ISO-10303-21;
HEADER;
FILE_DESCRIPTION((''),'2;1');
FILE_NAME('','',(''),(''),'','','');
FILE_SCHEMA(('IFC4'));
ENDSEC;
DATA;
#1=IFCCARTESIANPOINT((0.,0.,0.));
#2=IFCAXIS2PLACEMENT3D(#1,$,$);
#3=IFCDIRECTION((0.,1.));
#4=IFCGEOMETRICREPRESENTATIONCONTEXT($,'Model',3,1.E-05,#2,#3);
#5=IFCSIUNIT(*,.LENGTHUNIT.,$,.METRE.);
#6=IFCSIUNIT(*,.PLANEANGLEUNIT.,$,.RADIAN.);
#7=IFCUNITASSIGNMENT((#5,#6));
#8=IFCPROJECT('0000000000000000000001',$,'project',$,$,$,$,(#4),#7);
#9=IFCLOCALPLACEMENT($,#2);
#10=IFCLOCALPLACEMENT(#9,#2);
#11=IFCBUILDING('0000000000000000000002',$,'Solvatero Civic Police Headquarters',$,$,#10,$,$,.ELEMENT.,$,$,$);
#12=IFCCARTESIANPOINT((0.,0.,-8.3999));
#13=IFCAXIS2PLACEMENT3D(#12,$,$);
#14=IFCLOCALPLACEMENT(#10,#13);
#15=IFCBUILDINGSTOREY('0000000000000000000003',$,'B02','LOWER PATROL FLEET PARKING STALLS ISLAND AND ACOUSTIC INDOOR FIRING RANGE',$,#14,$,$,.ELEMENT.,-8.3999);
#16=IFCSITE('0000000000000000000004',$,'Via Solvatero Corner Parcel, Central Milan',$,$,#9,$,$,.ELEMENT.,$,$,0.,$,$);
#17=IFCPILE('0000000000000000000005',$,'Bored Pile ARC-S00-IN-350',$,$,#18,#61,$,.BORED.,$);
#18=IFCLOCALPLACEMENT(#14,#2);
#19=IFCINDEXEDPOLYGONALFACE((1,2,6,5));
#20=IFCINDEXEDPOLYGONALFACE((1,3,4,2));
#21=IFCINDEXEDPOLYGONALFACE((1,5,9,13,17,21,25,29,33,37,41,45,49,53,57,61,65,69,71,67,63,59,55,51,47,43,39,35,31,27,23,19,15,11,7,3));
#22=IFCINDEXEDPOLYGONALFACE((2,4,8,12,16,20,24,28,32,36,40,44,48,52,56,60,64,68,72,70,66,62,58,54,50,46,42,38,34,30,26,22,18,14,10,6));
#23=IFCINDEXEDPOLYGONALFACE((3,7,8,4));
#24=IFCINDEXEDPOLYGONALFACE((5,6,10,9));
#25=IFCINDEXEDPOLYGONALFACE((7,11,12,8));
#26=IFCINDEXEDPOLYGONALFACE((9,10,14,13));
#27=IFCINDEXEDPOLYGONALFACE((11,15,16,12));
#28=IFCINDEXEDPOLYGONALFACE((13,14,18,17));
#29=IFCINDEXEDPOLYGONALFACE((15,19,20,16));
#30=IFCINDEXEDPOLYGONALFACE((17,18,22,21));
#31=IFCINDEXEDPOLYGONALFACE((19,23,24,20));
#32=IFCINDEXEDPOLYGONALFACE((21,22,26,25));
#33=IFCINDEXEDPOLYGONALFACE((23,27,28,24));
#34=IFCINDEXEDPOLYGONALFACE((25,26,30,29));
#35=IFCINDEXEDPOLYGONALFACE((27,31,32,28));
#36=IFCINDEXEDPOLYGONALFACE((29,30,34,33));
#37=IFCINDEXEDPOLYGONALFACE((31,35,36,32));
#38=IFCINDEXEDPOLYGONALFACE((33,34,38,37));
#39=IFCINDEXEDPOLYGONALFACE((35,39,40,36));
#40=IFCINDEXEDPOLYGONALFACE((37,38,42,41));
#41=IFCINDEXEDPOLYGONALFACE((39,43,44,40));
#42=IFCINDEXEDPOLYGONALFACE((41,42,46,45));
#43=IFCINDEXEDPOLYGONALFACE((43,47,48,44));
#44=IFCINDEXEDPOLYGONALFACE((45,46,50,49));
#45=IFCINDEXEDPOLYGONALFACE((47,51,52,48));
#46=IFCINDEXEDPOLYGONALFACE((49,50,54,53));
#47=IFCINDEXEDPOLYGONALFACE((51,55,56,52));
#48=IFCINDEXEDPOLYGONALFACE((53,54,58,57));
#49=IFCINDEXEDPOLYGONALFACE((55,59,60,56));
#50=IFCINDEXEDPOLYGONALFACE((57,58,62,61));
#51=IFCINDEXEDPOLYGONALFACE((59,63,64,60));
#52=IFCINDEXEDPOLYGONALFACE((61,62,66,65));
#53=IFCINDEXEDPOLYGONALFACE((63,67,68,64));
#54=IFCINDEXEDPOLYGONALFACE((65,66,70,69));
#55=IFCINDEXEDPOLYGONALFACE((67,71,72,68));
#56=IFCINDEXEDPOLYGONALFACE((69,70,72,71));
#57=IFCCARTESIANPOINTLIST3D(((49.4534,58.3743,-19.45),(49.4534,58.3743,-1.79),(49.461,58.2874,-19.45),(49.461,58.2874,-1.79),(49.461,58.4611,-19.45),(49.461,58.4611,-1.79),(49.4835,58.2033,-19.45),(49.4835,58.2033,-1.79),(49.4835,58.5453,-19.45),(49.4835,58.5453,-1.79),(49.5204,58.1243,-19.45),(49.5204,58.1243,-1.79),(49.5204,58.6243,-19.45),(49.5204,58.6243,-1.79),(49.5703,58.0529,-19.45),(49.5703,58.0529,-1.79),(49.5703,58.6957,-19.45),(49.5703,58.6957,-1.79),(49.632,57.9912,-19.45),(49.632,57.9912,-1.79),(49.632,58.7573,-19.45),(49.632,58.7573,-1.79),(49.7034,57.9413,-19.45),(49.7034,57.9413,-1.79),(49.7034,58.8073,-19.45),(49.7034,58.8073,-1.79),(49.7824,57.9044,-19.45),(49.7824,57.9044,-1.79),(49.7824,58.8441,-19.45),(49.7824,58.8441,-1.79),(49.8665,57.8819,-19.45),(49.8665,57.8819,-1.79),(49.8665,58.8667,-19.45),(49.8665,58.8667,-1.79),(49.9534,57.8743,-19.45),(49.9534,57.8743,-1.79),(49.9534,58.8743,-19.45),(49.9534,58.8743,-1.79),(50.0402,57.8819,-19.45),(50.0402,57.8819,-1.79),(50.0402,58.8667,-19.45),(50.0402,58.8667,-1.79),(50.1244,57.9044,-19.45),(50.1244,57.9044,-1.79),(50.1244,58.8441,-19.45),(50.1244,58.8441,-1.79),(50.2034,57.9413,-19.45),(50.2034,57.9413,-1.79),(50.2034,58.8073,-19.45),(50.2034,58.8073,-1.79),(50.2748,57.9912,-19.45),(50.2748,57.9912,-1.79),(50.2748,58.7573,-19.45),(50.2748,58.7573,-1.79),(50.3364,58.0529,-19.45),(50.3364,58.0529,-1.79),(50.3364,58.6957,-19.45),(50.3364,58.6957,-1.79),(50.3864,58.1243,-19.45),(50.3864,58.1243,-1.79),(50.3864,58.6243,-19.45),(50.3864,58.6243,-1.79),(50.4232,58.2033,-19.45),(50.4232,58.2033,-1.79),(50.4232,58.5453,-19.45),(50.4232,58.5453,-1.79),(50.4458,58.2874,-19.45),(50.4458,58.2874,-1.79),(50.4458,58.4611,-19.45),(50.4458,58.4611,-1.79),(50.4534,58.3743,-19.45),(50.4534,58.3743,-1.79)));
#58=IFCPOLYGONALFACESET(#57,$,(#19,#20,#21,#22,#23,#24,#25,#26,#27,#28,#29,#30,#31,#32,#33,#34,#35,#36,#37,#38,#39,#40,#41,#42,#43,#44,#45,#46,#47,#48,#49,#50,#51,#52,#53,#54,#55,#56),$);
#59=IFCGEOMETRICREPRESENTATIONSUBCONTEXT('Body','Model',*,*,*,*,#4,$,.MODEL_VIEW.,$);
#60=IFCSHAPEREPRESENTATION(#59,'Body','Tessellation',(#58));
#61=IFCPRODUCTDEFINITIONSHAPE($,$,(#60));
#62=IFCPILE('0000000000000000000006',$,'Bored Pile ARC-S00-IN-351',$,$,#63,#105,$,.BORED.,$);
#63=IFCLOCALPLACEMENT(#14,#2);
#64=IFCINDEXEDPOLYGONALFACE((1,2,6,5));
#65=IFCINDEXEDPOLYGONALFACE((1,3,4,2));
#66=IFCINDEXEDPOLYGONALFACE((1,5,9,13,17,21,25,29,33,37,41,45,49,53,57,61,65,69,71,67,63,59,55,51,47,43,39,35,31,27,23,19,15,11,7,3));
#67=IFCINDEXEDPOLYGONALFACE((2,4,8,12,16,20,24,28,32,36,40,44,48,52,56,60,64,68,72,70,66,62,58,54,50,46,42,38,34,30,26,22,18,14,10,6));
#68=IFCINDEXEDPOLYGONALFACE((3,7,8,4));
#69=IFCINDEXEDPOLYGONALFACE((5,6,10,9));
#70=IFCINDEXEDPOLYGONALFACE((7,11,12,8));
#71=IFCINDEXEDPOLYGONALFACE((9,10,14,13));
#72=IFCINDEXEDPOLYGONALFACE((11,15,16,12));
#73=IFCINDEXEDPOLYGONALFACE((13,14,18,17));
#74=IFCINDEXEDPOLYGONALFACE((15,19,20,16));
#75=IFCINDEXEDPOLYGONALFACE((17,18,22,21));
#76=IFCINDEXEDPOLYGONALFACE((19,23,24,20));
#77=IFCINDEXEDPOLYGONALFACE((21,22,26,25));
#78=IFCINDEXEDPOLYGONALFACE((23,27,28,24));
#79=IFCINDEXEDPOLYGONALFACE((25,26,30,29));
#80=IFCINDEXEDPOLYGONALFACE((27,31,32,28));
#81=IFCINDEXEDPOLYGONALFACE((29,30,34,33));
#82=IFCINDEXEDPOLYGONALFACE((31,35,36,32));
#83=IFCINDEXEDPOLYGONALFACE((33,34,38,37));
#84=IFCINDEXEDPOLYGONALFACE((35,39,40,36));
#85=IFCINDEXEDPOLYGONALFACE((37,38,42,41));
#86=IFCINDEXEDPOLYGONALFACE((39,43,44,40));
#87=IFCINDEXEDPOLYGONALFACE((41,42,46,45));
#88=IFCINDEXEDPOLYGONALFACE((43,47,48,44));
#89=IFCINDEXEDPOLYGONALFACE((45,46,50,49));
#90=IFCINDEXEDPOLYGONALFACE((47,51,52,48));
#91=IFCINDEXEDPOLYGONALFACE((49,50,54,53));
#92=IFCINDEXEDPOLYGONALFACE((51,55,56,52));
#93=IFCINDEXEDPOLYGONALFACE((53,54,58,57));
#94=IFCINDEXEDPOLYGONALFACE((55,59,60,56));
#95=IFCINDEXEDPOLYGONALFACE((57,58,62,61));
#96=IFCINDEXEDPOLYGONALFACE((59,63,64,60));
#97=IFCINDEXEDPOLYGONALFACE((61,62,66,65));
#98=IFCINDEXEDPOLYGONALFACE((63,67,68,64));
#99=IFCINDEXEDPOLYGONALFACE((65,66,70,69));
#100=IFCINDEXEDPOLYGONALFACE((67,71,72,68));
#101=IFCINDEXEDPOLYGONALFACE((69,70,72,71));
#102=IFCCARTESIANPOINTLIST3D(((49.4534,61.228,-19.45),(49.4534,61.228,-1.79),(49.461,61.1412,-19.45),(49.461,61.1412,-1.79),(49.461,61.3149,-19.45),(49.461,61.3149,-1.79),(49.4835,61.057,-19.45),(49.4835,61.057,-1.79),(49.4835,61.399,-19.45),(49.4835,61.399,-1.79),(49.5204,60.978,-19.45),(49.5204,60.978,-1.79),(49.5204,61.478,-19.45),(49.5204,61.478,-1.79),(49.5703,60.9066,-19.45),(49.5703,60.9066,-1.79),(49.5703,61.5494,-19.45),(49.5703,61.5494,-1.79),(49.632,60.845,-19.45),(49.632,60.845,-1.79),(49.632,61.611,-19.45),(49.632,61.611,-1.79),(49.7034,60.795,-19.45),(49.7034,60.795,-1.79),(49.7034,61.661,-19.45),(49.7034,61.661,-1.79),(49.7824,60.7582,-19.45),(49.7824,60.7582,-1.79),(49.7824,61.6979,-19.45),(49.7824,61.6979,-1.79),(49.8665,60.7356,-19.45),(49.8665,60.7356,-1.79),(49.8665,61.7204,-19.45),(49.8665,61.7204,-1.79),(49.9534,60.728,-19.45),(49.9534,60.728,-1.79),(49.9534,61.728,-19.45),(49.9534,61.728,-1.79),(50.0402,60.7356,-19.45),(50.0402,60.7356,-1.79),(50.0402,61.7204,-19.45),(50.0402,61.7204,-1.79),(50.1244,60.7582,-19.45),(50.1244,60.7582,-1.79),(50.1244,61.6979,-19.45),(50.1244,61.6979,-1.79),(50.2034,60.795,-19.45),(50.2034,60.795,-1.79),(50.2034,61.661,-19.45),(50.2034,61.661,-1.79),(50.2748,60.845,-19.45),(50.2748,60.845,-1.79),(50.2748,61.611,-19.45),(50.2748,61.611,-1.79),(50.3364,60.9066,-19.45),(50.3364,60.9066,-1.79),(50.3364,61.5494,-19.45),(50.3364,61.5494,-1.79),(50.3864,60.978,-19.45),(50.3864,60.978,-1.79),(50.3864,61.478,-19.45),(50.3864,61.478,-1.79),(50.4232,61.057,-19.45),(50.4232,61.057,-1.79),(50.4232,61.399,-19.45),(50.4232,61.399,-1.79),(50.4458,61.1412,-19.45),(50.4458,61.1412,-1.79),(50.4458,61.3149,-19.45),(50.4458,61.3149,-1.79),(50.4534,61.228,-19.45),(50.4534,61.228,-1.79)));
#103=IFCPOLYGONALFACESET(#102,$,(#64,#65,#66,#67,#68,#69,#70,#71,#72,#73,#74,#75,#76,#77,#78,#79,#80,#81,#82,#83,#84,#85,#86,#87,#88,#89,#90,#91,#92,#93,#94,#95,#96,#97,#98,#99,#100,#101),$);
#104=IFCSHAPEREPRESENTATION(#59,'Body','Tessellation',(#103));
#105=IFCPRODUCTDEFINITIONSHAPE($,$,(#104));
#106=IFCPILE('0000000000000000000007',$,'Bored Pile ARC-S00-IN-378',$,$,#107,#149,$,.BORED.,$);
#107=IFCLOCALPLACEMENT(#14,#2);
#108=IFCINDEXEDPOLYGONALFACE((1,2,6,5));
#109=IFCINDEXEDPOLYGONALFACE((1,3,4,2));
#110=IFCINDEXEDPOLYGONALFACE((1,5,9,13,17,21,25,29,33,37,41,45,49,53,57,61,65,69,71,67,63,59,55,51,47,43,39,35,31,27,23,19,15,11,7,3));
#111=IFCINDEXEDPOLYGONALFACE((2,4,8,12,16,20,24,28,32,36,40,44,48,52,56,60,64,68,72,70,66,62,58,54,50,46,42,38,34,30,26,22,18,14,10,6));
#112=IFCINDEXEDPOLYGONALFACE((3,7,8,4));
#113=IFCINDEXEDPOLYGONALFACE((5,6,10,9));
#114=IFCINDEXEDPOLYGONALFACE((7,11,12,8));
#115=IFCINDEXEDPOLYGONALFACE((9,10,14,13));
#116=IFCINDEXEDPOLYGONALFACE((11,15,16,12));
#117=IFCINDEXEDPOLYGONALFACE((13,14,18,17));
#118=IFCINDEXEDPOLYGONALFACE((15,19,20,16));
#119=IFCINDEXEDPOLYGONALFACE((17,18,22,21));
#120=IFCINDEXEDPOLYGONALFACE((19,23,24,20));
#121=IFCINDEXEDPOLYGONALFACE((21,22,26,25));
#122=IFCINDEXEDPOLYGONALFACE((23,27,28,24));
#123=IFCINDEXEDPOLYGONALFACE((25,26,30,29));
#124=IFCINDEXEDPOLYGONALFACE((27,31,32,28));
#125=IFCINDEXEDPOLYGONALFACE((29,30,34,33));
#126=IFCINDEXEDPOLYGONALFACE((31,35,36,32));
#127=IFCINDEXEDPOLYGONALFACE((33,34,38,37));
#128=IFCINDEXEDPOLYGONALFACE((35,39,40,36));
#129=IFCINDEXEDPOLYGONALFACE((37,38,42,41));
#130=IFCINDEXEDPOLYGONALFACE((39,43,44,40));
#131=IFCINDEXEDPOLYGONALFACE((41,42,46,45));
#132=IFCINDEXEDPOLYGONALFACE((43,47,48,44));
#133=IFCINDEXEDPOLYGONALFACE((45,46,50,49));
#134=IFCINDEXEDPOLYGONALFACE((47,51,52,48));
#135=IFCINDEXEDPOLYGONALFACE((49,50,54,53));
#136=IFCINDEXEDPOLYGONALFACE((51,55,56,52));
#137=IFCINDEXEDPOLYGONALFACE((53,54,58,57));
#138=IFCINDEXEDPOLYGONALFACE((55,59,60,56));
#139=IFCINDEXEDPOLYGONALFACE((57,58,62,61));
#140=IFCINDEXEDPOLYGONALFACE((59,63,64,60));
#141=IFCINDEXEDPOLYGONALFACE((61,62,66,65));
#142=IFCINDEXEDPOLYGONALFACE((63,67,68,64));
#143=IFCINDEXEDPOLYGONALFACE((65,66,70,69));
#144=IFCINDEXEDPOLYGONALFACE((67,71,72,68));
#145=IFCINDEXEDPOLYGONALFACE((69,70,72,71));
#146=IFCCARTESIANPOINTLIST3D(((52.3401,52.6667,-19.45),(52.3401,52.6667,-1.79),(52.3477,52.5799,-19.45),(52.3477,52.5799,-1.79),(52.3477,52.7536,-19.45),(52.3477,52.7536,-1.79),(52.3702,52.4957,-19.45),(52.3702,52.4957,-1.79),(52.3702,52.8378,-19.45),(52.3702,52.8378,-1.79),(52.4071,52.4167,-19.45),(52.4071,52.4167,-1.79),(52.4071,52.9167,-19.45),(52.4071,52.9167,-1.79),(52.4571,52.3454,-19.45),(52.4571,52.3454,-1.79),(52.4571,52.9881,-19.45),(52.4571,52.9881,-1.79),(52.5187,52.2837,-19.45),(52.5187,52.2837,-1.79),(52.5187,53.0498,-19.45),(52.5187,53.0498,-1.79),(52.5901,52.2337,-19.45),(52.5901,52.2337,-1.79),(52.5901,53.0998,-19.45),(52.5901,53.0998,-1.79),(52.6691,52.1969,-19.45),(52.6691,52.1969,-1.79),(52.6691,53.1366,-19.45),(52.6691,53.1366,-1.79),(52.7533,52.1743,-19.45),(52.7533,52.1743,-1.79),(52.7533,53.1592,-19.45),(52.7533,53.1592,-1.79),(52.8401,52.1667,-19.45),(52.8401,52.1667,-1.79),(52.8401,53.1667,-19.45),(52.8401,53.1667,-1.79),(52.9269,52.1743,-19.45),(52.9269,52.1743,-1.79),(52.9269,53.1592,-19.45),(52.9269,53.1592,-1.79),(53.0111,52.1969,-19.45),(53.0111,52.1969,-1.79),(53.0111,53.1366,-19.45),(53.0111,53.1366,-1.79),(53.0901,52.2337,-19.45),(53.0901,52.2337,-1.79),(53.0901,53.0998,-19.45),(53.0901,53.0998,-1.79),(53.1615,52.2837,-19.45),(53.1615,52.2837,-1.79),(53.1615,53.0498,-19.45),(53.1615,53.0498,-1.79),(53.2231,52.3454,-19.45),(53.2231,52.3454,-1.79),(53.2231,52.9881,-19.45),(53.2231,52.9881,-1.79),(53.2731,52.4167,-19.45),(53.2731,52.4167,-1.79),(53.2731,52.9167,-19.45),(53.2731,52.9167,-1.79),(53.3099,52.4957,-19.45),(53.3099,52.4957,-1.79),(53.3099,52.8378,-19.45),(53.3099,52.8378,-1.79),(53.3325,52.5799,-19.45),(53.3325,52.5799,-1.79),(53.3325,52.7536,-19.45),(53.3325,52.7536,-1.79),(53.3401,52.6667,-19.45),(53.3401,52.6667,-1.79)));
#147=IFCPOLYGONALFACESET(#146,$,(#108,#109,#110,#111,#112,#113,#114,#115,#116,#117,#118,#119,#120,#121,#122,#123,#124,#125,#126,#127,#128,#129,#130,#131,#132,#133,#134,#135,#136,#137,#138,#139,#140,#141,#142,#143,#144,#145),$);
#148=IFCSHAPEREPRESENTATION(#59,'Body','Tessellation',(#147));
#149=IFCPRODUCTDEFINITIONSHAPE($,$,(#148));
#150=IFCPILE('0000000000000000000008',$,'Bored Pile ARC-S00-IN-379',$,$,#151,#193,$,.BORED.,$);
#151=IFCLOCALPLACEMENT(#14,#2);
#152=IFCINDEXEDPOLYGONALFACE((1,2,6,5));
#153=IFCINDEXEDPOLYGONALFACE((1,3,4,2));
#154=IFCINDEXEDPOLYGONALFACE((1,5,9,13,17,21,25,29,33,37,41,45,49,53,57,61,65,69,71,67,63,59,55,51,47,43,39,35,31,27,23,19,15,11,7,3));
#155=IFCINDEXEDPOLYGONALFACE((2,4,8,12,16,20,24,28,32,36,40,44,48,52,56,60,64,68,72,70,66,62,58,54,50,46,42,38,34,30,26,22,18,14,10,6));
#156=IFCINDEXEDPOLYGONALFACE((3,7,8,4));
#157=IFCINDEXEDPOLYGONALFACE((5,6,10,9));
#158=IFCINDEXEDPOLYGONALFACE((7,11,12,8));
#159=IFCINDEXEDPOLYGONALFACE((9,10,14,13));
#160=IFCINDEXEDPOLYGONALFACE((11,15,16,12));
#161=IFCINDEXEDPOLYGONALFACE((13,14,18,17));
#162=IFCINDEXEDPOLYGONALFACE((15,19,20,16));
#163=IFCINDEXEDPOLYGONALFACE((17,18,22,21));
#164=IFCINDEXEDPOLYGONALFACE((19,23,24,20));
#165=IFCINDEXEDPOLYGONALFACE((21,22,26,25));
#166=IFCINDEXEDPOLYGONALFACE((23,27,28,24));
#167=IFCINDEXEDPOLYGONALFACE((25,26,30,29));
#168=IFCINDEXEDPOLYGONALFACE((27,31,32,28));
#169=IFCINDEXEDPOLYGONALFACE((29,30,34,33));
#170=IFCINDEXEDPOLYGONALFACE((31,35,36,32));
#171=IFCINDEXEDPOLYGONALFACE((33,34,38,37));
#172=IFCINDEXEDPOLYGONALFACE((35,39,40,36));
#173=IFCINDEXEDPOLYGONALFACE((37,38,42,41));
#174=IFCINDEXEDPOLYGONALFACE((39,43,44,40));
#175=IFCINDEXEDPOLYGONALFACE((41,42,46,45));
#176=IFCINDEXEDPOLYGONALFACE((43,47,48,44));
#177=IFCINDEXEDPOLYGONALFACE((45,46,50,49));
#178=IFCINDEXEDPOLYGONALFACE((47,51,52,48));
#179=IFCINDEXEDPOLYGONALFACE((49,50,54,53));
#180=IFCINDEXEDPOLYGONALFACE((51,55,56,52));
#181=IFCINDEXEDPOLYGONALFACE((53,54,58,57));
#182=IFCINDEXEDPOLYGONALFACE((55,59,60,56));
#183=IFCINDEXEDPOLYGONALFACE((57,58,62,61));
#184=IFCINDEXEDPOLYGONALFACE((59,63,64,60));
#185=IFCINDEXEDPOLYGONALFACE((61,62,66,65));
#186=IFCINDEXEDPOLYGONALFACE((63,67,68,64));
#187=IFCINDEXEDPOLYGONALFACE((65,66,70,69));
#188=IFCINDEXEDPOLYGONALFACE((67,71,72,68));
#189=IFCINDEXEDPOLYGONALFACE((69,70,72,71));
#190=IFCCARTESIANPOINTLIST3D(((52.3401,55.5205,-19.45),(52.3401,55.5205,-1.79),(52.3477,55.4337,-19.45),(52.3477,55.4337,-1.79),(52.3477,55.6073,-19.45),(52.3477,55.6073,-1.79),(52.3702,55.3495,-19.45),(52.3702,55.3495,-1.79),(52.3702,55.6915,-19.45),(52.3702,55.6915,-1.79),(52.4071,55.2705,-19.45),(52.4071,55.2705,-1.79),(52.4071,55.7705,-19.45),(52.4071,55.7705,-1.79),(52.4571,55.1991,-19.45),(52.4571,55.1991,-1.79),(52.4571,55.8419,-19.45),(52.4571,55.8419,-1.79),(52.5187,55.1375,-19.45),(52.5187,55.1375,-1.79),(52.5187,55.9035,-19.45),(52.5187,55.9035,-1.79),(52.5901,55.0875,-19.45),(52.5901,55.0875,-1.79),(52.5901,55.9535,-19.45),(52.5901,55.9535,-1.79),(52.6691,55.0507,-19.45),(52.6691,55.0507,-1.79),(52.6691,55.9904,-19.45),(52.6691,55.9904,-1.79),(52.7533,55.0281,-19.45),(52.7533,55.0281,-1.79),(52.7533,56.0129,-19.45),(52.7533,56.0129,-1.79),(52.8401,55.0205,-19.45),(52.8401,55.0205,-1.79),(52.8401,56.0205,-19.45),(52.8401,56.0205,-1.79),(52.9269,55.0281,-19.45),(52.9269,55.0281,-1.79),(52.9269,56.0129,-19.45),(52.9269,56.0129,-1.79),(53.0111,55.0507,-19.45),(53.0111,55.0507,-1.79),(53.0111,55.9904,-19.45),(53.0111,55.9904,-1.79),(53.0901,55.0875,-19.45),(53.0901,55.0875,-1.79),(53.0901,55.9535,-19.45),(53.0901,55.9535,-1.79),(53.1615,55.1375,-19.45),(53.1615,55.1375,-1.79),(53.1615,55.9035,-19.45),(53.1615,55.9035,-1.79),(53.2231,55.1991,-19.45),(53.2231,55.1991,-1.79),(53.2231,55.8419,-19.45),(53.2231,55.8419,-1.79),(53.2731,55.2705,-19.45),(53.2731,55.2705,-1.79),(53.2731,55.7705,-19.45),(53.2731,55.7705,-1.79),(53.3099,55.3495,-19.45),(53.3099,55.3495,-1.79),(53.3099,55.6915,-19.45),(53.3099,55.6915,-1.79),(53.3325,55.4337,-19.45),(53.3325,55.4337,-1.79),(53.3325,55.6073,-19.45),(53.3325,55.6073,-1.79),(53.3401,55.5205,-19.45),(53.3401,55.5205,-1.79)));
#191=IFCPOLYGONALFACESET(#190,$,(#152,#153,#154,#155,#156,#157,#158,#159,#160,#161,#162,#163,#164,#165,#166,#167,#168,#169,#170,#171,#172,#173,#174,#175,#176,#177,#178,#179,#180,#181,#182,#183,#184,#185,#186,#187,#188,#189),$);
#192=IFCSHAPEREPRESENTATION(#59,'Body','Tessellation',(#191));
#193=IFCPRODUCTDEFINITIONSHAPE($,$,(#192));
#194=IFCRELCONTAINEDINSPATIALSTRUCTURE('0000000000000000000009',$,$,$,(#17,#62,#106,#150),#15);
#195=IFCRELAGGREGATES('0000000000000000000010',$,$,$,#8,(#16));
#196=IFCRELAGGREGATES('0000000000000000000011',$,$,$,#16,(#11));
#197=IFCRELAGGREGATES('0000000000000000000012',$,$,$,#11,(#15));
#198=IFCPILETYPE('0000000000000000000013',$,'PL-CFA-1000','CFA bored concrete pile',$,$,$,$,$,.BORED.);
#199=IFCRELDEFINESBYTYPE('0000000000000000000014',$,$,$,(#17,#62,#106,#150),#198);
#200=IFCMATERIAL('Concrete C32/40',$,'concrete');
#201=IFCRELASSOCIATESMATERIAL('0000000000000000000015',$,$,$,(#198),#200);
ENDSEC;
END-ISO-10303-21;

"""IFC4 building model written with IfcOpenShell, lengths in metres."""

from ifc_helpers import new_model, si_unit, direction, frame, origin, origin_2d, place, context, subcontext, project, spatial, circle, extrude, material, material_profile, profile_set, type_object, element, save


model = new_model("IFC4")

# Units and contexts
model_context = context("Model", 3, precision=1e-05, world=origin(), true_north=direction((0.0, 1.0)))
body_context = subcontext(model_context, "Body", "Model", "MODEL_VIEW")
ifc_project = project(units=[si_unit("LENGTHUNIT", "METRE"), si_unit("PLANEANGLEUNIT", "RADIAN")], contexts=[model_context])

# Site, building, storey
site_placement = place(None, origin())
site = spatial("IfcSite", under=ifc_project, at=site_placement, Name="Via Solvatero Corner Parcel, Central Milan", CompositionType="ELEMENT", RefElevation=0.0)
building_placement = place(site_placement, origin())
building = spatial("IfcBuilding", under=site, at=building_placement, Name="Solvatero Civic Police Headquarters", CompositionType="ELEMENT")
storey_placement = place(building_placement, frame((0.0, 0.0, -8.3999)))
storey = spatial("IfcBuildingStorey", under=building, at=storey_placement, Name="B02", Description="LOWER PATROL FLEET PARKING STALLS ISLAND AND ACOUSTIC INDOOR FIRING RANGE", CompositionType="ELEMENT", Elevation=-8.3999)

# Piles
ifc_material_1 = material(Name="Concrete C32/40", Category="concrete")
ifc_material_profile_1 = material_profile(ifc_material_1, circle(Radius=0.5, at=origin_2d()), Name="CFA PILE D1000")
ifc_profile_set_1 = profile_set([ifc_material_profile_1], Name="Concrete C32/40")
pile_type = type_object("IfcPileType", Name="PL-CFA-1000", Description="CFA bored concrete pile", PredefinedType="BORED", material=ifc_profile_set_1)
for number, where, z_axis, x_axis, name in (
    (1, (49.9534, 58.3743, -1.79), (0.0, 0.0, -1.0), (1.0, 0.0, 0.0), "Bored Pile ARC-S00-IN-350"),
    (2, (49.9534, 61.228, -1.79), (0.0, 0.0, -1.0), (1.0, 0.0, 0.0), "Bored Pile ARC-S00-IN-351"),
    (3, (52.8401, 52.6667, -1.79), (0.0, 0.0, -1.0), (1.0, 0.0, 0.0), "Bored Pile ARC-S00-IN-378"),
    (4, (52.8401, 55.5205, -1.79), (0.0, 0.0, -1.0), (1.0, 0.0, 0.0), "Bored Pile ARC-S00-IN-379"),
):
    element("IfcPile", number, at=place(storey_placement, frame(where, z_axis=z_axis, x_axis=x_axis)), inside=storey, type_object=pile_type, Name=name, PredefinedType="BORED", context=body_context, shape_type="SweptSolid", body=[
        extrude(circle(Radius=0.5, at=origin_2d()), origin(), (0.0, 0.0, 1.0), 17.6599),
    ])

save(model, "model.ifc")
